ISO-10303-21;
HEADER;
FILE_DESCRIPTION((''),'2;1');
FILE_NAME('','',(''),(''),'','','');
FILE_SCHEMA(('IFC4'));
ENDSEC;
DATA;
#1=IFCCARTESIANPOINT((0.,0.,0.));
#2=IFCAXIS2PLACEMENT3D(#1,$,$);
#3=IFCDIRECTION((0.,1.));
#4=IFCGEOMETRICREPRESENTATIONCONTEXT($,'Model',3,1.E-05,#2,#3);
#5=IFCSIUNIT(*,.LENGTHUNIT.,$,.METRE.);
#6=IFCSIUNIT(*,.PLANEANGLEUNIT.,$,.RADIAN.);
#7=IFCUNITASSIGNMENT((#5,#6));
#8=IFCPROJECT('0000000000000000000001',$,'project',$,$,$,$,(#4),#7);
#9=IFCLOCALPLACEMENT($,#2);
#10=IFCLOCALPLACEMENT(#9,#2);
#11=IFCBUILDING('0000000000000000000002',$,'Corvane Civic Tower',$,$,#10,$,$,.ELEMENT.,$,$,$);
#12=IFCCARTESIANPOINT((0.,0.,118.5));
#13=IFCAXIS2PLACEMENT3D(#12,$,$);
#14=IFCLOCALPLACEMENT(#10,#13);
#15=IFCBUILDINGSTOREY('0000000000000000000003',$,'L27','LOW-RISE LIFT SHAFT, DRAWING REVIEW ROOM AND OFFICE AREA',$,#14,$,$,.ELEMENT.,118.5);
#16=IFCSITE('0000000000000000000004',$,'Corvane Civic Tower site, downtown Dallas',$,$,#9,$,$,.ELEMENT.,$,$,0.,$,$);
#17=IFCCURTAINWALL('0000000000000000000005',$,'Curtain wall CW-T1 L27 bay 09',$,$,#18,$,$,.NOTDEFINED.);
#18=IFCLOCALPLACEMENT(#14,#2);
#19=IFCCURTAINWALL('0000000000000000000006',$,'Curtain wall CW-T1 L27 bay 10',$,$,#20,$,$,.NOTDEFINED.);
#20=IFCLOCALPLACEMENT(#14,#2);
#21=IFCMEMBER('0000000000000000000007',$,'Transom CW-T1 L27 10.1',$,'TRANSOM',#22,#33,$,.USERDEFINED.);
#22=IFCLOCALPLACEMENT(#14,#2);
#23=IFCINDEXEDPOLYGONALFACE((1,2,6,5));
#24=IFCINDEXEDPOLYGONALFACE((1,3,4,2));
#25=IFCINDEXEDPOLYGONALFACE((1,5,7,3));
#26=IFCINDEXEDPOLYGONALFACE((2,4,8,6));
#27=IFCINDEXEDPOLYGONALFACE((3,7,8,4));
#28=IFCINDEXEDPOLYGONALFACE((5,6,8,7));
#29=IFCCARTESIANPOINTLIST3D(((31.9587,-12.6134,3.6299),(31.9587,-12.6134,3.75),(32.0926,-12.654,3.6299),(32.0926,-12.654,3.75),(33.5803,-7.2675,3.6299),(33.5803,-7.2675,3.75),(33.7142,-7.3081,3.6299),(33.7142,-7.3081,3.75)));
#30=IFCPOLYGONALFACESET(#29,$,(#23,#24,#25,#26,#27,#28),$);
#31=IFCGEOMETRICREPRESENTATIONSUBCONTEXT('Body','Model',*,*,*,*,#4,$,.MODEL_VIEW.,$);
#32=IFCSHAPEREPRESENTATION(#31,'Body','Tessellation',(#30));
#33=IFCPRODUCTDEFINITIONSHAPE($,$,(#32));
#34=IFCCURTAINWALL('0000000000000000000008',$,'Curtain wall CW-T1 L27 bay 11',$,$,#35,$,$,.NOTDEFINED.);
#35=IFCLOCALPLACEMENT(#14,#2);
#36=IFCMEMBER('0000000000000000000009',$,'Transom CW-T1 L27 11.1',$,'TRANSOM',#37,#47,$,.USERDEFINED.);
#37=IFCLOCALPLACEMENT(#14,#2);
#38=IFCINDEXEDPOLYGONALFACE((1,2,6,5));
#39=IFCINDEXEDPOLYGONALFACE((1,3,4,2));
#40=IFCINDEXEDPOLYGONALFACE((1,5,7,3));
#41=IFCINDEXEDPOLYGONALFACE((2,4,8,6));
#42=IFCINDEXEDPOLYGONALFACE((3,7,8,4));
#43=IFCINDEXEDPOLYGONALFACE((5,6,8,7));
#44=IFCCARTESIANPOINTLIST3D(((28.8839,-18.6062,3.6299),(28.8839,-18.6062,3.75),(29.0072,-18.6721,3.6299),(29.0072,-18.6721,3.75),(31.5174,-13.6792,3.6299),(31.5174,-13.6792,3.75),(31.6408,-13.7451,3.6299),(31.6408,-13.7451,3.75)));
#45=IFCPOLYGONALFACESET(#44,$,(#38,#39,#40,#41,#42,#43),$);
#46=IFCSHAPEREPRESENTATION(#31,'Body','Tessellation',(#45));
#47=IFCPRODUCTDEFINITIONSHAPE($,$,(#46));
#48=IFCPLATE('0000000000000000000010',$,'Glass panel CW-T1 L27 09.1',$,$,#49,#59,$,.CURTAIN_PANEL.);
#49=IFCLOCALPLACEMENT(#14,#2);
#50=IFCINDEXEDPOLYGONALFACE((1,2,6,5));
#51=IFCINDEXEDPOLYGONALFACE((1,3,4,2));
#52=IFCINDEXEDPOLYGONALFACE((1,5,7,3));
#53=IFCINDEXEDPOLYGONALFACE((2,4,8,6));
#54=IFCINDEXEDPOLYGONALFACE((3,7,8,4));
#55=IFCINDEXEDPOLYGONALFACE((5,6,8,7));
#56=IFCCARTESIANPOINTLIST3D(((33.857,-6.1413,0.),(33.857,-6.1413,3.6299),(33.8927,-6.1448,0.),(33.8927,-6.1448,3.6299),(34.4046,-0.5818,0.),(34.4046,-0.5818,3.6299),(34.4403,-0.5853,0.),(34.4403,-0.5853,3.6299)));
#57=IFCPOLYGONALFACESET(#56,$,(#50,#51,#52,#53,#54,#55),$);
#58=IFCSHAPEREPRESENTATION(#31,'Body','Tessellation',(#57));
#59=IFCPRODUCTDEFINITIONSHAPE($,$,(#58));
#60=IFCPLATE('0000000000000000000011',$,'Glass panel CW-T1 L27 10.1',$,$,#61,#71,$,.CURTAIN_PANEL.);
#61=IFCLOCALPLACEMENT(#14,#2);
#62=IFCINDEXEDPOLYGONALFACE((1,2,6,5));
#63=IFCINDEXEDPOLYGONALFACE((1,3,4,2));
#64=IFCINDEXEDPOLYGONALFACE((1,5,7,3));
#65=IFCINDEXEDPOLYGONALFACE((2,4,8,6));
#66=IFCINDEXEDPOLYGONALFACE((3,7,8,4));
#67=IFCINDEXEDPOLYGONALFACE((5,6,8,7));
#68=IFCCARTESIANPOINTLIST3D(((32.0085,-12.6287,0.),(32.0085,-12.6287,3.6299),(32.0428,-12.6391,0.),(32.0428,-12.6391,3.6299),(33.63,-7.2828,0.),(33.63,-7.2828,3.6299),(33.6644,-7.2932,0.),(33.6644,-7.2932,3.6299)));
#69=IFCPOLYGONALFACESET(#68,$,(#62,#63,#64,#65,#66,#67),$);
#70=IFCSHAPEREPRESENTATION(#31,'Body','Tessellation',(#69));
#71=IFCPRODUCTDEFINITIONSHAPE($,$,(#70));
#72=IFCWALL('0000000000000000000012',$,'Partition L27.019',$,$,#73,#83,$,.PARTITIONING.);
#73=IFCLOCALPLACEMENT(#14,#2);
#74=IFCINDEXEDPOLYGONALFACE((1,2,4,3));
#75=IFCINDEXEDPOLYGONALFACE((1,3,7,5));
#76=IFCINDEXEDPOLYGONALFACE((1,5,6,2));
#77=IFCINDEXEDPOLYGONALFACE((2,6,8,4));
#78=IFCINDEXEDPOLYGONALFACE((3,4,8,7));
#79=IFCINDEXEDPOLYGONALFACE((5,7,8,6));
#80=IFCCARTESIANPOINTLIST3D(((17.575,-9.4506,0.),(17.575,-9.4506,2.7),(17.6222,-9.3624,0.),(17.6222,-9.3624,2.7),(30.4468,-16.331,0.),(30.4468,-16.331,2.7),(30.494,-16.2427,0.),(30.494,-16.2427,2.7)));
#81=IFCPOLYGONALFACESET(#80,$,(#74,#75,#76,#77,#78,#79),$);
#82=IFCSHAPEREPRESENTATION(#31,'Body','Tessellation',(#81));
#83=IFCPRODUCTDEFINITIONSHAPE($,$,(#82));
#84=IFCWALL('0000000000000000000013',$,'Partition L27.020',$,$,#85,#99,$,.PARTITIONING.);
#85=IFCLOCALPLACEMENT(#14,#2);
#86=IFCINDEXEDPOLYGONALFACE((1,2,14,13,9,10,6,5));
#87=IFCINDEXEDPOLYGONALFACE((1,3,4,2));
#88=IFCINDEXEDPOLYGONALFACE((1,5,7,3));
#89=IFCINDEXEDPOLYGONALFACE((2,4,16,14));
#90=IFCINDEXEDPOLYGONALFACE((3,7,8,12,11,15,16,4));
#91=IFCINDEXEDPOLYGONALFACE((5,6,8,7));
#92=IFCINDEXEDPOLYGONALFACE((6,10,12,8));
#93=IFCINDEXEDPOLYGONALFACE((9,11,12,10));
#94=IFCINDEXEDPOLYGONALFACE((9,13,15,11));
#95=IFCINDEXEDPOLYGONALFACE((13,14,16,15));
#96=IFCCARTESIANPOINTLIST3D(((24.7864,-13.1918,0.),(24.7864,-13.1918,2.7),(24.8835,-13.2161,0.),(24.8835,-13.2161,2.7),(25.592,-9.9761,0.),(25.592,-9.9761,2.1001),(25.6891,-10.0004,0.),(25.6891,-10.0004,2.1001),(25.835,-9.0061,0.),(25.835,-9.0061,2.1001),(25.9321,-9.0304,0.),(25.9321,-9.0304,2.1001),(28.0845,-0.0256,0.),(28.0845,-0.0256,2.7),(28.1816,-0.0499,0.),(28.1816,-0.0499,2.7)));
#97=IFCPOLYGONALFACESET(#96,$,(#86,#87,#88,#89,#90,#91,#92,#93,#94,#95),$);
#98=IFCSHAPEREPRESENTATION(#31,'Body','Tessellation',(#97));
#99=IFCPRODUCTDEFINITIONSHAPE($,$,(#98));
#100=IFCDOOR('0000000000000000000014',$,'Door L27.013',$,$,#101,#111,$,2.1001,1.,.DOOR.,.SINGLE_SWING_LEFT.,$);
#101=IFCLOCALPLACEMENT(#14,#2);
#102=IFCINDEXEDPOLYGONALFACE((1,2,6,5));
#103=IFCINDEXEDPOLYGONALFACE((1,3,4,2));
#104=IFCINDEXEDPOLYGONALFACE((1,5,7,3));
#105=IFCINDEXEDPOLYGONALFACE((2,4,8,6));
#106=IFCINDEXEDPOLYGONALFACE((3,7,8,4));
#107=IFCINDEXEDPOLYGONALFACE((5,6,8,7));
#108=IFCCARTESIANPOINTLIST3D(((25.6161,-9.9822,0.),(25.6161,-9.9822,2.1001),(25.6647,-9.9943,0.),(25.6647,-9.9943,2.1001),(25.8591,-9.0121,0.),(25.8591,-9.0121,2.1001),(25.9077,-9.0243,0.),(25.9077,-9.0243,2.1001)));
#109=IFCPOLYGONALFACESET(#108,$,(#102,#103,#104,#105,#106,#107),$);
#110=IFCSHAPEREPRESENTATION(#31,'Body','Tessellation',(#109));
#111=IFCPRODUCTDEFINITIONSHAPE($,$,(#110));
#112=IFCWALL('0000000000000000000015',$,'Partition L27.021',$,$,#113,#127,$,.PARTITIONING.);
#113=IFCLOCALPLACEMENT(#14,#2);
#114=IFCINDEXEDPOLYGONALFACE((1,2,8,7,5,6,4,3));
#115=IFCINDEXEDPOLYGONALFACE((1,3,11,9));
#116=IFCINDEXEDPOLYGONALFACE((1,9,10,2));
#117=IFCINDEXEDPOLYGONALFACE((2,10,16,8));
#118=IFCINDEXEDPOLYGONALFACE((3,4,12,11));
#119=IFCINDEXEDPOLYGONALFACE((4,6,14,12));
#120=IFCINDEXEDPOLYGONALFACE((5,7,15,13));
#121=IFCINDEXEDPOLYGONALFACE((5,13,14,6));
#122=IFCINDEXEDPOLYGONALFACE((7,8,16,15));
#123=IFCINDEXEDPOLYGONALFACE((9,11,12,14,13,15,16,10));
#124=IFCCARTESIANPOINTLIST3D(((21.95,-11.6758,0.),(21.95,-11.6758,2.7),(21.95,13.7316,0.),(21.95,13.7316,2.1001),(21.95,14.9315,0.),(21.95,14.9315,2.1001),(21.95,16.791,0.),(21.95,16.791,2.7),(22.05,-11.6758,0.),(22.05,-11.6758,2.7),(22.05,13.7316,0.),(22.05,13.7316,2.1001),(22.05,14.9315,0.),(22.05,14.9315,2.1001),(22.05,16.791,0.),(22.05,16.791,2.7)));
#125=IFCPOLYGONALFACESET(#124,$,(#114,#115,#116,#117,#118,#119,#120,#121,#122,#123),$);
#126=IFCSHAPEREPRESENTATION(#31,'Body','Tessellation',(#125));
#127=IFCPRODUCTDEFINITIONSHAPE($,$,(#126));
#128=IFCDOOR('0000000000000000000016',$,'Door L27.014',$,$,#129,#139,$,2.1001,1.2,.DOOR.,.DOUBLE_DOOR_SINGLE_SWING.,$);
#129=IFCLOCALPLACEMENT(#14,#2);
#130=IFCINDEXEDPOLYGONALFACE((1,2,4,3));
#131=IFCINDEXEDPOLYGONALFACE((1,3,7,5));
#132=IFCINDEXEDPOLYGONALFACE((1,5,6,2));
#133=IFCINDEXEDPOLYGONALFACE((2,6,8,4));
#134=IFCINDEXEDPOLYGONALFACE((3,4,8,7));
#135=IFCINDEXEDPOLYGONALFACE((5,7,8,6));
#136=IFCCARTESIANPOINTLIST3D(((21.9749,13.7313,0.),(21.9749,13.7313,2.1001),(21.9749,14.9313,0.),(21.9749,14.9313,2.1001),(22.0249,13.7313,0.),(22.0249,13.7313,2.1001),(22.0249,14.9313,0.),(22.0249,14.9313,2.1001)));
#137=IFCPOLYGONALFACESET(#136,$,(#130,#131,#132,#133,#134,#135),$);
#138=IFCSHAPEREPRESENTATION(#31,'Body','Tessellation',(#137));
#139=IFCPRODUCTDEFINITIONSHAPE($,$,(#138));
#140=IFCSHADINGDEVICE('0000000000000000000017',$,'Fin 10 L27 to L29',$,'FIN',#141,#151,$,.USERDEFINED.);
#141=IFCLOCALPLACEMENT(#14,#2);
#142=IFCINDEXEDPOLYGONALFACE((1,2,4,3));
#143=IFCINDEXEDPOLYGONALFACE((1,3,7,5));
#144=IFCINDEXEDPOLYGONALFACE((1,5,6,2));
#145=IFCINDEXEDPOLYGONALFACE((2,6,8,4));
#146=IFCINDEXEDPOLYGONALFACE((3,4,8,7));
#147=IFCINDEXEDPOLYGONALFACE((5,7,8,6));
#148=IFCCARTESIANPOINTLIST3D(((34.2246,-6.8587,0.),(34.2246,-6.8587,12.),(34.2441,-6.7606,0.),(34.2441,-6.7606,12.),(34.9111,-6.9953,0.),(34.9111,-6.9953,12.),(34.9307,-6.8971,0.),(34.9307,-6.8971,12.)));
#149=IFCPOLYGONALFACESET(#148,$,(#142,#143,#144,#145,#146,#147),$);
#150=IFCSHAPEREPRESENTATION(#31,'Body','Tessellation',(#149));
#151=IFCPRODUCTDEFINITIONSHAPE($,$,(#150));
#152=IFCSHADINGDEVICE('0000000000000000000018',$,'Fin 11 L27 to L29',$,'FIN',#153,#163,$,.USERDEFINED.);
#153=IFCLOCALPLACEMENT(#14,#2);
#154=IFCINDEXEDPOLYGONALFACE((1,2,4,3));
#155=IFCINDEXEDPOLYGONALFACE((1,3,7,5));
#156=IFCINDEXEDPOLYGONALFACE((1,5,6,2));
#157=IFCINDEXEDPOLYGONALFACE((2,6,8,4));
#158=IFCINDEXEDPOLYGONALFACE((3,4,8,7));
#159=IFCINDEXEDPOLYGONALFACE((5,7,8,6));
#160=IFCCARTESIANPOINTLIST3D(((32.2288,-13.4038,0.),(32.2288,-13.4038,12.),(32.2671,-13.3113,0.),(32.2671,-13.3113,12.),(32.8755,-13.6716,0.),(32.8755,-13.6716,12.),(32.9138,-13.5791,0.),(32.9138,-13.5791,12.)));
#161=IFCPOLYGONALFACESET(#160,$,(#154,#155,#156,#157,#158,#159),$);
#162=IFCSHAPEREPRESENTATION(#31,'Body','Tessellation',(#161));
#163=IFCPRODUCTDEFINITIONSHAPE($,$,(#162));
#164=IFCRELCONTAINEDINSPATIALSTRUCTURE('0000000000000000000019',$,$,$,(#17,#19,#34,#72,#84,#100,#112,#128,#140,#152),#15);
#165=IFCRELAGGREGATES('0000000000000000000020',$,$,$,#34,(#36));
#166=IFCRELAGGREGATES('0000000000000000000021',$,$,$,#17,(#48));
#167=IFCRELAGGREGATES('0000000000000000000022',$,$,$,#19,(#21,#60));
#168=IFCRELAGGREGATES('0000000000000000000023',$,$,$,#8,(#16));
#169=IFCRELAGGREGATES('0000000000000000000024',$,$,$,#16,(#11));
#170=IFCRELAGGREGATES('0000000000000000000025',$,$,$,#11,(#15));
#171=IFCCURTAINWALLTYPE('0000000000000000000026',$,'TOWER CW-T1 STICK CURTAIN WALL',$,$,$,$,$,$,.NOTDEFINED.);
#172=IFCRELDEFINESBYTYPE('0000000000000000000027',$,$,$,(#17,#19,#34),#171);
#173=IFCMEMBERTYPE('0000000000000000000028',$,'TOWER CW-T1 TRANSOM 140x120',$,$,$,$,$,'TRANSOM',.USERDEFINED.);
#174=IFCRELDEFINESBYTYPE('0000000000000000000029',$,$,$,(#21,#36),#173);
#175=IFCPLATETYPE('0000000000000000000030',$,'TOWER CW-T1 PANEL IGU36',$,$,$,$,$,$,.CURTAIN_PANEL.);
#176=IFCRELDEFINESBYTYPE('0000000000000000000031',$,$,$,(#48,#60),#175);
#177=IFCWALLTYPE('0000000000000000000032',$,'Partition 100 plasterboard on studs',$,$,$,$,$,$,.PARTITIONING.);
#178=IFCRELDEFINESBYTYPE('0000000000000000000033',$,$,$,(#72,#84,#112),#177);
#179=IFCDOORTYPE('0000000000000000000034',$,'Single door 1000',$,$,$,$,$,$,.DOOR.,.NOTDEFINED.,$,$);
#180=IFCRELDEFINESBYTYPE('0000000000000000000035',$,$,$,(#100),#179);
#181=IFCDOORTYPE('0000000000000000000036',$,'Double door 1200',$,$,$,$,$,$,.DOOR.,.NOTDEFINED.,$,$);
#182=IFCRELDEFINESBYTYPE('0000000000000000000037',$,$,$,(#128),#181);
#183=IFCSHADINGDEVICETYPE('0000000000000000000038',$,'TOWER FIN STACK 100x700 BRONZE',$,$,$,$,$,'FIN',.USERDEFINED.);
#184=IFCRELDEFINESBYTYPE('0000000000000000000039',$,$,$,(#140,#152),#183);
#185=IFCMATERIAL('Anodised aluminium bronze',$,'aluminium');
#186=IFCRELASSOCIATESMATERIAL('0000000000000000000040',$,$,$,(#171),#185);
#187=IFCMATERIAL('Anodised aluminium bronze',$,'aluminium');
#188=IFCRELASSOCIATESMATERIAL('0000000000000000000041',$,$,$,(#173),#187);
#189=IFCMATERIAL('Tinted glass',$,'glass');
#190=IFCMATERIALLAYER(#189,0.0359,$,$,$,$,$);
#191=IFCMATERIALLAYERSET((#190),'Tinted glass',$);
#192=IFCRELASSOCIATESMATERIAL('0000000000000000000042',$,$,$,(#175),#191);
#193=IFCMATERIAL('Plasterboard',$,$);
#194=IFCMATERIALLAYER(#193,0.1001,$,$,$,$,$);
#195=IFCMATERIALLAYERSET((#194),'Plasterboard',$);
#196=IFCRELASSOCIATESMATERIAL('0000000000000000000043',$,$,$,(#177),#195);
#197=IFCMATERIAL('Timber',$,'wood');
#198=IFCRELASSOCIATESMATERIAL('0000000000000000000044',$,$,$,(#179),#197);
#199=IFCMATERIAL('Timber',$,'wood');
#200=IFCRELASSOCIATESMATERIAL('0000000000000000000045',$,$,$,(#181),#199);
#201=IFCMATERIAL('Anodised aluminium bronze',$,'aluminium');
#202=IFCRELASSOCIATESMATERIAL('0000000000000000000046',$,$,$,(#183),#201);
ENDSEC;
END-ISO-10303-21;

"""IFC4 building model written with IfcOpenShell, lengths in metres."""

from ifc_helpers import new_model, si_unit, direction, frame, frame_2d, origin, origin_2d, place, context, subcontext, project, spatial, rectangle, extrude, material, layer, layer_set, material_profile, profile_set, type_object, element, fill, aggregate, save


model = new_model("IFC4")

# Units and contexts
model_context = context("Model", 3, precision=1e-05, world=origin(), true_north=direction((0.0, 1.0)))
body_context = subcontext(model_context, "Body", "Model", "MODEL_VIEW")
ifc_project = project(units=[si_unit("LENGTHUNIT", "METRE"), si_unit("PLANEANGLEUNIT", "RADIAN")], contexts=[model_context])

# Site, building, storey
site_placement = place(None, origin())
site = spatial("IfcSite", under=ifc_project, at=site_placement, Name="Corvane Civic Tower site, downtown Dallas", CompositionType="ELEMENT", RefElevation=0.0)
building_placement = place(site_placement, origin())
building = spatial("IfcBuilding", under=site, at=building_placement, Name="Corvane Civic Tower", CompositionType="ELEMENT")
storey_placement = place(building_placement, frame((0.0, 0.0, 118.5)))
storey = spatial("IfcBuildingStorey", under=building, at=storey_placement, Name="L27", Description="LOW-RISE LIFT SHAFT, DRAWING REVIEW ROOM AND OFFICE AREA", CompositionType="ELEMENT", Elevation=118.5)

# Curtain walls, members
ifc_material_1 = material(Name="Anodised aluminium bronze", Category="aluminium")
curtain_wall_type = type_object("IfcCurtainWallType", Name="TOWER CW-T1 STICK CURTAIN WALL", PredefinedType="NOTDEFINED", material=ifc_material_1)
curtain_wall_1_placement = place(storey_placement, origin())
curtain_wall_1 = element("IfcCurtainWall", 1, at=curtain_wall_1_placement, inside=storey, type_object=curtain_wall_type, Name="Curtain wall CW-T1 L27 bay 09", PredefinedType="NOTDEFINED")
ifc_material_2 = material(Name="Anodised aluminium bronze", Category="aluminium")
ifc_material_profile_1 = material_profile(ifc_material_2, rectangle(XDim=0.1399, YDim=0.1201, at=origin_2d()), Name="TOWER CW-T1 TRANSOM 140x120")
ifc_profile_set_1 = profile_set([ifc_material_profile_1], Name="Anodised aluminium bronze")
member_type = type_object("IfcMemberType", Name="TOWER CW-T1 TRANSOM 140x120", ElementType="TRANSOM", PredefinedType="USERDEFINED", material=ifc_profile_set_1)
curtain_wall_2_placement = place(storey_placement, origin())
curtain_wall_2 = element("IfcCurtainWall", 2, at=curtain_wall_2_placement, inside=storey, type_object=curtain_wall_type, Name="Curtain wall CW-T1 L27 bay 10", PredefinedType="NOTDEFINED")
member_1_placement = place(storey_placement, frame((33.6472, -7.2878, 3.6899), z_axis=(-0.290269, -0.956945, 0.0), x_axis=(0.956945, -0.290269, 0.0)))
member_1 = element("IfcMember", 3, at=member_1_placement, type_object=member_type, Name="Transom CW-T1 L27 10.1", ObjectType="TRANSOM", PredefinedType="USERDEFINED", context=body_context, shape_type="SweptSolid", body=[
    extrude(rectangle(XDim=0.1399, YDim=0.1201, at=origin_2d()), origin(), (0.0, 0.0, 1.0), 5.5864),
])
curtain_wall_3_placement = place(storey_placement, origin())
curtain_wall_3 = element("IfcCurtainWall", 4, at=curtain_wall_3_placement, inside=storey, type_object=curtain_wall_type, Name="Curtain wall CW-T1 L27 bay 11", PredefinedType="NOTDEFINED")
member_2_placement = place(storey_placement, frame((31.5791, -13.7122, 3.6899), z_axis=(-0.471398, -0.881921, 0.0), x_axis=(0.881921, -0.471398, 0.0)))
member_2 = element("IfcMember", 5, at=member_2_placement, type_object=member_type, Name="Transom CW-T1 L27 11.1", ObjectType="TRANSOM", PredefinedType="USERDEFINED", context=body_context, shape_type="SweptSolid", body=[
    extrude(rectangle(XDim=0.1399, YDim=0.1201, at=origin_2d()), origin(), (0.0, 0.0, 1.0), 5.5867),
])
aggregate(curtain_wall_3, [member_2])

# Plates
ifc_material_3 = material(Name="Tinted glass", Category="glass")
ifc_layer_1 = layer(ifc_material_3, 0.0359)
ifc_layer_set_1 = layer_set([ifc_layer_1], Name="Tinted glass")
plate_type = type_object("IfcPlateType", Name="TOWER CW-T1 PANEL IGU36", PredefinedType="CURTAIN_PANEL", material=ifc_layer_set_1)
plate_1_placement = place(storey_placement, frame((34.1487, -3.3633, 0.0), z_axis=(0.0, 0.0, 1.0), x_axis=(-0.098027, -0.995184, 0.0)))
plate_1 = element("IfcPlate", 6, at=plate_1_placement, type_object=plate_type, Name="Glass panel CW-T1 L27 09.1", PredefinedType="CURTAIN_PANEL", context=body_context, shape_type="SweptSolid", body=[
    extrude(rectangle(XDim=5.5864, YDim=0.0359, at=origin_2d()), origin(), (0.0, 0.0, 1.0), 3.6299),
])
aggregate(curtain_wall_1, [plate_1])
plate_2_placement = place(storey_placement, frame((32.8364, -9.9609, 0.0), z_axis=(0.0, 0.0, 1.0), x_axis=(-0.290266, -0.956946, 0.0)))
plate_2 = element("IfcPlate", 7, at=plate_2_placement, type_object=plate_type, Name="Glass panel CW-T1 L27 10.1", PredefinedType="CURTAIN_PANEL", context=body_context, shape_type="SweptSolid", body=[
    extrude(rectangle(XDim=5.5864, YDim=0.0359, at=origin_2d()), origin(), (0.0, 0.0, 1.0), 3.6299),
])
aggregate(curtain_wall_2, [member_1, plate_2])

# Wall
ifc_material_4 = material(Name="Plasterboard")
ifc_layer_2 = layer(ifc_material_4, 0.1001)
ifc_layer_set_2 = layer_set([ifc_layer_2], Name="Plasterboard")
wall_type = type_object("IfcWallType", Name="Partition 100 plasterboard on studs", PredefinedType="PARTITIONING", material=ifc_layer_set_2)
wall_1_placement = place(storey_placement, frame((17.5986, -9.4065, 0.0), z_axis=(0.0, 0.0, 1.0), x_axis=(0.881915, -0.471409, 0.0)))
element("IfcWall", 8, at=wall_1_placement, inside=storey, type_object=wall_type, Name="Partition L27.019", PredefinedType="PARTITIONING", context=body_context, shape_type="SweptSolid", body=[
    extrude(rectangle(XDim=14.5952, YDim=0.1001, at=frame_2d((7.2976, 0.0))), origin(), (0.0, 0.0, 1.0), 2.7),
])

# Walls, openings, doors
wall_2_placement = place(storey_placement, frame((24.835, -13.2041, 0.0), z_axis=(0.0, 0.0, 1.0), x_axis=(0.242988, 0.970029, 0.0)))
wall_2 = element("IfcWall", 9, at=wall_2_placement, inside=storey, type_object=wall_type, Name="Partition L27.020", PredefinedType="PARTITIONING", context=body_context, shape_type="SweptSolid", body=[
    extrude(rectangle(XDim=13.573, YDim=0.1001, at=frame_2d((6.7866, 0.0))), origin(), (0.0, 0.0, 1.0), 2.7),
])
opening_1_placement = place(wall_2_placement, frame((3.3152, 0.0, 0.0)))
opening_1 = element("IfcOpeningElement", 10, at=opening_1_placement, cuts=wall_2, PredefinedType="OPENING", context=body_context, shape_type="SweptSolid", body=[
    extrude(rectangle(XDim=1.0, YDim=2.1001, at=frame_2d((0.5, 1.05))), frame((0.0, 0.0601, 0.0), z_axis=(0.0, -1.0, 0.0), x_axis=(1.0, 0.0, 0.0)), (0.0, 0.0, 1.0), 0.1201),
])
ifc_material_5 = material(Name="Timber", Category="wood")
door_type_1 = type_object("IfcDoorType", Name="Single door 1000", OperationType="NOTDEFINED", PredefinedType="DOOR", material=ifc_material_5)
door_1_placement = place(opening_1_placement, frame((1.0, 0.0, 0.0), z_axis=(0.0, 0.0, 1.0), x_axis=(-1.0, 0.0, 0.0)))
door_1 = element("IfcDoor", 11, at=door_1_placement, inside=storey, type_object=door_type_1, Name="Door L27.013", OperationType="SINGLE_SWING_LEFT", OverallHeight=2.1001, OverallWidth=1.0, PredefinedType="DOOR", context=body_context, shape_type="SweptSolid", body=[
    extrude(rectangle(XDim=1.0, YDim=2.1001, at=frame_2d((0.5, 1.05))), frame((0.0, 0.0249, 0.0), z_axis=(0.0, -1.0, 0.0), x_axis=(1.0, 0.0, 0.0)), (0.0, 0.0, 1.0), 0.05),
])
fill(opening_1, door_1)
wall_3_placement = place(storey_placement, frame((22.0, -11.6758, 0.0), z_axis=(0.0, 0.0, 1.0), x_axis=(0.0, 1.0, 0.0)))
wall_3 = element("IfcWall", 12, at=wall_3_placement, inside=storey, type_object=wall_type, Name="Partition L27.021", PredefinedType="PARTITIONING", context=body_context, shape_type="SweptSolid", body=[
    extrude(rectangle(XDim=28.4668, YDim=0.1001, at=frame_2d((14.2334, 0.0))), origin(), (0.0, 0.0, 1.0), 2.7),
])
opening_2_placement = place(wall_3_placement, frame((25.4072, 0.0, 0.0)))
opening_2 = element("IfcOpeningElement", 13, at=opening_2_placement, cuts=wall_3, PredefinedType="OPENING", context=body_context, shape_type="SweptSolid", body=[
    extrude(rectangle(XDim=1.2, YDim=2.1001, at=frame_2d((0.6001, 1.05))), frame((0.0, 0.0601, 0.0), z_axis=(0.0, -1.0, 0.0), x_axis=(1.0, 0.0, 0.0)), (0.0, 0.0, 1.0), 0.1201),
])
ifc_material_6 = material(Name="Timber", Category="wood")
door_type_2 = type_object("IfcDoorType", Name="Double door 1200", OperationType="NOTDEFINED", PredefinedType="DOOR", material=ifc_material_6)
door_2_placement = place(opening_2_placement, frame((1.2, 0.0, 0.0), z_axis=(0.0, 0.0, 1.0), x_axis=(-1.0, 0.0, 0.0)))
door_2 = element("IfcDoor", 14, at=door_2_placement, inside=storey, type_object=door_type_2, Name="Door L27.014", OperationType="DOUBLE_DOOR_SINGLE_SWING", OverallHeight=2.1001, OverallWidth=1.2, PredefinedType="DOOR", context=body_context, shape_type="SweptSolid", body=[
    extrude(rectangle(XDim=1.2, YDim=2.1001, at=frame_2d((0.6001, 1.05))), frame((0.0, 0.0249, 0.0), z_axis=(0.0, -1.0, 0.0), x_axis=(1.0, 0.0, 0.0)), (0.0, 0.0, 1.0), 0.05),
])
fill(opening_2, door_2)

# Shading devices
ifc_material_7 = material(Name="Anodised aluminium bronze", Category="aluminium")
ifc_material_profile_2 = material_profile(ifc_material_7, rectangle(XDim=0.1001, YDim=0.7, at=origin_2d()), Name="TOWER FIN STACK 100x700 BRONZE")
ifc_profile_set_2 = profile_set([ifc_material_profile_2], Name="Anodised aluminium bronze")
shading_device_type = type_object("IfcShadingDeviceType", Name="TOWER FIN STACK 100x700 BRONZE", ElementType="FIN", PredefinedType="USERDEFINED", material=ifc_profile_set_2)
for number, where, z_axis, x_axis, name in (
    (15, (34.5776, -6.8779, 0.0), (0.0, 0.0, 1.0), (-0.19509, -0.980785, 0.0), "Fin 10 L27 to L29"),
    (16, (32.5713, -13.4915, 0.0), (0.0, 0.0, 1.0), (-0.382683, -0.92388, 0.0), "Fin 11 L27 to L29"),
):
    element("IfcShadingDevice", number, at=place(storey_placement, frame(where, z_axis=z_axis, x_axis=x_axis)), inside=storey, type_object=shading_device_type, Name=name, ObjectType="FIN", PredefinedType="USERDEFINED", context=body_context, shape_type="SweptSolid", body=[
        extrude(rectangle(XDim=0.1001, YDim=0.7, at=origin_2d()), origin(), (0.0, 0.0, 1.0), 12.0),
    ])

save(model, "model.ifc")
